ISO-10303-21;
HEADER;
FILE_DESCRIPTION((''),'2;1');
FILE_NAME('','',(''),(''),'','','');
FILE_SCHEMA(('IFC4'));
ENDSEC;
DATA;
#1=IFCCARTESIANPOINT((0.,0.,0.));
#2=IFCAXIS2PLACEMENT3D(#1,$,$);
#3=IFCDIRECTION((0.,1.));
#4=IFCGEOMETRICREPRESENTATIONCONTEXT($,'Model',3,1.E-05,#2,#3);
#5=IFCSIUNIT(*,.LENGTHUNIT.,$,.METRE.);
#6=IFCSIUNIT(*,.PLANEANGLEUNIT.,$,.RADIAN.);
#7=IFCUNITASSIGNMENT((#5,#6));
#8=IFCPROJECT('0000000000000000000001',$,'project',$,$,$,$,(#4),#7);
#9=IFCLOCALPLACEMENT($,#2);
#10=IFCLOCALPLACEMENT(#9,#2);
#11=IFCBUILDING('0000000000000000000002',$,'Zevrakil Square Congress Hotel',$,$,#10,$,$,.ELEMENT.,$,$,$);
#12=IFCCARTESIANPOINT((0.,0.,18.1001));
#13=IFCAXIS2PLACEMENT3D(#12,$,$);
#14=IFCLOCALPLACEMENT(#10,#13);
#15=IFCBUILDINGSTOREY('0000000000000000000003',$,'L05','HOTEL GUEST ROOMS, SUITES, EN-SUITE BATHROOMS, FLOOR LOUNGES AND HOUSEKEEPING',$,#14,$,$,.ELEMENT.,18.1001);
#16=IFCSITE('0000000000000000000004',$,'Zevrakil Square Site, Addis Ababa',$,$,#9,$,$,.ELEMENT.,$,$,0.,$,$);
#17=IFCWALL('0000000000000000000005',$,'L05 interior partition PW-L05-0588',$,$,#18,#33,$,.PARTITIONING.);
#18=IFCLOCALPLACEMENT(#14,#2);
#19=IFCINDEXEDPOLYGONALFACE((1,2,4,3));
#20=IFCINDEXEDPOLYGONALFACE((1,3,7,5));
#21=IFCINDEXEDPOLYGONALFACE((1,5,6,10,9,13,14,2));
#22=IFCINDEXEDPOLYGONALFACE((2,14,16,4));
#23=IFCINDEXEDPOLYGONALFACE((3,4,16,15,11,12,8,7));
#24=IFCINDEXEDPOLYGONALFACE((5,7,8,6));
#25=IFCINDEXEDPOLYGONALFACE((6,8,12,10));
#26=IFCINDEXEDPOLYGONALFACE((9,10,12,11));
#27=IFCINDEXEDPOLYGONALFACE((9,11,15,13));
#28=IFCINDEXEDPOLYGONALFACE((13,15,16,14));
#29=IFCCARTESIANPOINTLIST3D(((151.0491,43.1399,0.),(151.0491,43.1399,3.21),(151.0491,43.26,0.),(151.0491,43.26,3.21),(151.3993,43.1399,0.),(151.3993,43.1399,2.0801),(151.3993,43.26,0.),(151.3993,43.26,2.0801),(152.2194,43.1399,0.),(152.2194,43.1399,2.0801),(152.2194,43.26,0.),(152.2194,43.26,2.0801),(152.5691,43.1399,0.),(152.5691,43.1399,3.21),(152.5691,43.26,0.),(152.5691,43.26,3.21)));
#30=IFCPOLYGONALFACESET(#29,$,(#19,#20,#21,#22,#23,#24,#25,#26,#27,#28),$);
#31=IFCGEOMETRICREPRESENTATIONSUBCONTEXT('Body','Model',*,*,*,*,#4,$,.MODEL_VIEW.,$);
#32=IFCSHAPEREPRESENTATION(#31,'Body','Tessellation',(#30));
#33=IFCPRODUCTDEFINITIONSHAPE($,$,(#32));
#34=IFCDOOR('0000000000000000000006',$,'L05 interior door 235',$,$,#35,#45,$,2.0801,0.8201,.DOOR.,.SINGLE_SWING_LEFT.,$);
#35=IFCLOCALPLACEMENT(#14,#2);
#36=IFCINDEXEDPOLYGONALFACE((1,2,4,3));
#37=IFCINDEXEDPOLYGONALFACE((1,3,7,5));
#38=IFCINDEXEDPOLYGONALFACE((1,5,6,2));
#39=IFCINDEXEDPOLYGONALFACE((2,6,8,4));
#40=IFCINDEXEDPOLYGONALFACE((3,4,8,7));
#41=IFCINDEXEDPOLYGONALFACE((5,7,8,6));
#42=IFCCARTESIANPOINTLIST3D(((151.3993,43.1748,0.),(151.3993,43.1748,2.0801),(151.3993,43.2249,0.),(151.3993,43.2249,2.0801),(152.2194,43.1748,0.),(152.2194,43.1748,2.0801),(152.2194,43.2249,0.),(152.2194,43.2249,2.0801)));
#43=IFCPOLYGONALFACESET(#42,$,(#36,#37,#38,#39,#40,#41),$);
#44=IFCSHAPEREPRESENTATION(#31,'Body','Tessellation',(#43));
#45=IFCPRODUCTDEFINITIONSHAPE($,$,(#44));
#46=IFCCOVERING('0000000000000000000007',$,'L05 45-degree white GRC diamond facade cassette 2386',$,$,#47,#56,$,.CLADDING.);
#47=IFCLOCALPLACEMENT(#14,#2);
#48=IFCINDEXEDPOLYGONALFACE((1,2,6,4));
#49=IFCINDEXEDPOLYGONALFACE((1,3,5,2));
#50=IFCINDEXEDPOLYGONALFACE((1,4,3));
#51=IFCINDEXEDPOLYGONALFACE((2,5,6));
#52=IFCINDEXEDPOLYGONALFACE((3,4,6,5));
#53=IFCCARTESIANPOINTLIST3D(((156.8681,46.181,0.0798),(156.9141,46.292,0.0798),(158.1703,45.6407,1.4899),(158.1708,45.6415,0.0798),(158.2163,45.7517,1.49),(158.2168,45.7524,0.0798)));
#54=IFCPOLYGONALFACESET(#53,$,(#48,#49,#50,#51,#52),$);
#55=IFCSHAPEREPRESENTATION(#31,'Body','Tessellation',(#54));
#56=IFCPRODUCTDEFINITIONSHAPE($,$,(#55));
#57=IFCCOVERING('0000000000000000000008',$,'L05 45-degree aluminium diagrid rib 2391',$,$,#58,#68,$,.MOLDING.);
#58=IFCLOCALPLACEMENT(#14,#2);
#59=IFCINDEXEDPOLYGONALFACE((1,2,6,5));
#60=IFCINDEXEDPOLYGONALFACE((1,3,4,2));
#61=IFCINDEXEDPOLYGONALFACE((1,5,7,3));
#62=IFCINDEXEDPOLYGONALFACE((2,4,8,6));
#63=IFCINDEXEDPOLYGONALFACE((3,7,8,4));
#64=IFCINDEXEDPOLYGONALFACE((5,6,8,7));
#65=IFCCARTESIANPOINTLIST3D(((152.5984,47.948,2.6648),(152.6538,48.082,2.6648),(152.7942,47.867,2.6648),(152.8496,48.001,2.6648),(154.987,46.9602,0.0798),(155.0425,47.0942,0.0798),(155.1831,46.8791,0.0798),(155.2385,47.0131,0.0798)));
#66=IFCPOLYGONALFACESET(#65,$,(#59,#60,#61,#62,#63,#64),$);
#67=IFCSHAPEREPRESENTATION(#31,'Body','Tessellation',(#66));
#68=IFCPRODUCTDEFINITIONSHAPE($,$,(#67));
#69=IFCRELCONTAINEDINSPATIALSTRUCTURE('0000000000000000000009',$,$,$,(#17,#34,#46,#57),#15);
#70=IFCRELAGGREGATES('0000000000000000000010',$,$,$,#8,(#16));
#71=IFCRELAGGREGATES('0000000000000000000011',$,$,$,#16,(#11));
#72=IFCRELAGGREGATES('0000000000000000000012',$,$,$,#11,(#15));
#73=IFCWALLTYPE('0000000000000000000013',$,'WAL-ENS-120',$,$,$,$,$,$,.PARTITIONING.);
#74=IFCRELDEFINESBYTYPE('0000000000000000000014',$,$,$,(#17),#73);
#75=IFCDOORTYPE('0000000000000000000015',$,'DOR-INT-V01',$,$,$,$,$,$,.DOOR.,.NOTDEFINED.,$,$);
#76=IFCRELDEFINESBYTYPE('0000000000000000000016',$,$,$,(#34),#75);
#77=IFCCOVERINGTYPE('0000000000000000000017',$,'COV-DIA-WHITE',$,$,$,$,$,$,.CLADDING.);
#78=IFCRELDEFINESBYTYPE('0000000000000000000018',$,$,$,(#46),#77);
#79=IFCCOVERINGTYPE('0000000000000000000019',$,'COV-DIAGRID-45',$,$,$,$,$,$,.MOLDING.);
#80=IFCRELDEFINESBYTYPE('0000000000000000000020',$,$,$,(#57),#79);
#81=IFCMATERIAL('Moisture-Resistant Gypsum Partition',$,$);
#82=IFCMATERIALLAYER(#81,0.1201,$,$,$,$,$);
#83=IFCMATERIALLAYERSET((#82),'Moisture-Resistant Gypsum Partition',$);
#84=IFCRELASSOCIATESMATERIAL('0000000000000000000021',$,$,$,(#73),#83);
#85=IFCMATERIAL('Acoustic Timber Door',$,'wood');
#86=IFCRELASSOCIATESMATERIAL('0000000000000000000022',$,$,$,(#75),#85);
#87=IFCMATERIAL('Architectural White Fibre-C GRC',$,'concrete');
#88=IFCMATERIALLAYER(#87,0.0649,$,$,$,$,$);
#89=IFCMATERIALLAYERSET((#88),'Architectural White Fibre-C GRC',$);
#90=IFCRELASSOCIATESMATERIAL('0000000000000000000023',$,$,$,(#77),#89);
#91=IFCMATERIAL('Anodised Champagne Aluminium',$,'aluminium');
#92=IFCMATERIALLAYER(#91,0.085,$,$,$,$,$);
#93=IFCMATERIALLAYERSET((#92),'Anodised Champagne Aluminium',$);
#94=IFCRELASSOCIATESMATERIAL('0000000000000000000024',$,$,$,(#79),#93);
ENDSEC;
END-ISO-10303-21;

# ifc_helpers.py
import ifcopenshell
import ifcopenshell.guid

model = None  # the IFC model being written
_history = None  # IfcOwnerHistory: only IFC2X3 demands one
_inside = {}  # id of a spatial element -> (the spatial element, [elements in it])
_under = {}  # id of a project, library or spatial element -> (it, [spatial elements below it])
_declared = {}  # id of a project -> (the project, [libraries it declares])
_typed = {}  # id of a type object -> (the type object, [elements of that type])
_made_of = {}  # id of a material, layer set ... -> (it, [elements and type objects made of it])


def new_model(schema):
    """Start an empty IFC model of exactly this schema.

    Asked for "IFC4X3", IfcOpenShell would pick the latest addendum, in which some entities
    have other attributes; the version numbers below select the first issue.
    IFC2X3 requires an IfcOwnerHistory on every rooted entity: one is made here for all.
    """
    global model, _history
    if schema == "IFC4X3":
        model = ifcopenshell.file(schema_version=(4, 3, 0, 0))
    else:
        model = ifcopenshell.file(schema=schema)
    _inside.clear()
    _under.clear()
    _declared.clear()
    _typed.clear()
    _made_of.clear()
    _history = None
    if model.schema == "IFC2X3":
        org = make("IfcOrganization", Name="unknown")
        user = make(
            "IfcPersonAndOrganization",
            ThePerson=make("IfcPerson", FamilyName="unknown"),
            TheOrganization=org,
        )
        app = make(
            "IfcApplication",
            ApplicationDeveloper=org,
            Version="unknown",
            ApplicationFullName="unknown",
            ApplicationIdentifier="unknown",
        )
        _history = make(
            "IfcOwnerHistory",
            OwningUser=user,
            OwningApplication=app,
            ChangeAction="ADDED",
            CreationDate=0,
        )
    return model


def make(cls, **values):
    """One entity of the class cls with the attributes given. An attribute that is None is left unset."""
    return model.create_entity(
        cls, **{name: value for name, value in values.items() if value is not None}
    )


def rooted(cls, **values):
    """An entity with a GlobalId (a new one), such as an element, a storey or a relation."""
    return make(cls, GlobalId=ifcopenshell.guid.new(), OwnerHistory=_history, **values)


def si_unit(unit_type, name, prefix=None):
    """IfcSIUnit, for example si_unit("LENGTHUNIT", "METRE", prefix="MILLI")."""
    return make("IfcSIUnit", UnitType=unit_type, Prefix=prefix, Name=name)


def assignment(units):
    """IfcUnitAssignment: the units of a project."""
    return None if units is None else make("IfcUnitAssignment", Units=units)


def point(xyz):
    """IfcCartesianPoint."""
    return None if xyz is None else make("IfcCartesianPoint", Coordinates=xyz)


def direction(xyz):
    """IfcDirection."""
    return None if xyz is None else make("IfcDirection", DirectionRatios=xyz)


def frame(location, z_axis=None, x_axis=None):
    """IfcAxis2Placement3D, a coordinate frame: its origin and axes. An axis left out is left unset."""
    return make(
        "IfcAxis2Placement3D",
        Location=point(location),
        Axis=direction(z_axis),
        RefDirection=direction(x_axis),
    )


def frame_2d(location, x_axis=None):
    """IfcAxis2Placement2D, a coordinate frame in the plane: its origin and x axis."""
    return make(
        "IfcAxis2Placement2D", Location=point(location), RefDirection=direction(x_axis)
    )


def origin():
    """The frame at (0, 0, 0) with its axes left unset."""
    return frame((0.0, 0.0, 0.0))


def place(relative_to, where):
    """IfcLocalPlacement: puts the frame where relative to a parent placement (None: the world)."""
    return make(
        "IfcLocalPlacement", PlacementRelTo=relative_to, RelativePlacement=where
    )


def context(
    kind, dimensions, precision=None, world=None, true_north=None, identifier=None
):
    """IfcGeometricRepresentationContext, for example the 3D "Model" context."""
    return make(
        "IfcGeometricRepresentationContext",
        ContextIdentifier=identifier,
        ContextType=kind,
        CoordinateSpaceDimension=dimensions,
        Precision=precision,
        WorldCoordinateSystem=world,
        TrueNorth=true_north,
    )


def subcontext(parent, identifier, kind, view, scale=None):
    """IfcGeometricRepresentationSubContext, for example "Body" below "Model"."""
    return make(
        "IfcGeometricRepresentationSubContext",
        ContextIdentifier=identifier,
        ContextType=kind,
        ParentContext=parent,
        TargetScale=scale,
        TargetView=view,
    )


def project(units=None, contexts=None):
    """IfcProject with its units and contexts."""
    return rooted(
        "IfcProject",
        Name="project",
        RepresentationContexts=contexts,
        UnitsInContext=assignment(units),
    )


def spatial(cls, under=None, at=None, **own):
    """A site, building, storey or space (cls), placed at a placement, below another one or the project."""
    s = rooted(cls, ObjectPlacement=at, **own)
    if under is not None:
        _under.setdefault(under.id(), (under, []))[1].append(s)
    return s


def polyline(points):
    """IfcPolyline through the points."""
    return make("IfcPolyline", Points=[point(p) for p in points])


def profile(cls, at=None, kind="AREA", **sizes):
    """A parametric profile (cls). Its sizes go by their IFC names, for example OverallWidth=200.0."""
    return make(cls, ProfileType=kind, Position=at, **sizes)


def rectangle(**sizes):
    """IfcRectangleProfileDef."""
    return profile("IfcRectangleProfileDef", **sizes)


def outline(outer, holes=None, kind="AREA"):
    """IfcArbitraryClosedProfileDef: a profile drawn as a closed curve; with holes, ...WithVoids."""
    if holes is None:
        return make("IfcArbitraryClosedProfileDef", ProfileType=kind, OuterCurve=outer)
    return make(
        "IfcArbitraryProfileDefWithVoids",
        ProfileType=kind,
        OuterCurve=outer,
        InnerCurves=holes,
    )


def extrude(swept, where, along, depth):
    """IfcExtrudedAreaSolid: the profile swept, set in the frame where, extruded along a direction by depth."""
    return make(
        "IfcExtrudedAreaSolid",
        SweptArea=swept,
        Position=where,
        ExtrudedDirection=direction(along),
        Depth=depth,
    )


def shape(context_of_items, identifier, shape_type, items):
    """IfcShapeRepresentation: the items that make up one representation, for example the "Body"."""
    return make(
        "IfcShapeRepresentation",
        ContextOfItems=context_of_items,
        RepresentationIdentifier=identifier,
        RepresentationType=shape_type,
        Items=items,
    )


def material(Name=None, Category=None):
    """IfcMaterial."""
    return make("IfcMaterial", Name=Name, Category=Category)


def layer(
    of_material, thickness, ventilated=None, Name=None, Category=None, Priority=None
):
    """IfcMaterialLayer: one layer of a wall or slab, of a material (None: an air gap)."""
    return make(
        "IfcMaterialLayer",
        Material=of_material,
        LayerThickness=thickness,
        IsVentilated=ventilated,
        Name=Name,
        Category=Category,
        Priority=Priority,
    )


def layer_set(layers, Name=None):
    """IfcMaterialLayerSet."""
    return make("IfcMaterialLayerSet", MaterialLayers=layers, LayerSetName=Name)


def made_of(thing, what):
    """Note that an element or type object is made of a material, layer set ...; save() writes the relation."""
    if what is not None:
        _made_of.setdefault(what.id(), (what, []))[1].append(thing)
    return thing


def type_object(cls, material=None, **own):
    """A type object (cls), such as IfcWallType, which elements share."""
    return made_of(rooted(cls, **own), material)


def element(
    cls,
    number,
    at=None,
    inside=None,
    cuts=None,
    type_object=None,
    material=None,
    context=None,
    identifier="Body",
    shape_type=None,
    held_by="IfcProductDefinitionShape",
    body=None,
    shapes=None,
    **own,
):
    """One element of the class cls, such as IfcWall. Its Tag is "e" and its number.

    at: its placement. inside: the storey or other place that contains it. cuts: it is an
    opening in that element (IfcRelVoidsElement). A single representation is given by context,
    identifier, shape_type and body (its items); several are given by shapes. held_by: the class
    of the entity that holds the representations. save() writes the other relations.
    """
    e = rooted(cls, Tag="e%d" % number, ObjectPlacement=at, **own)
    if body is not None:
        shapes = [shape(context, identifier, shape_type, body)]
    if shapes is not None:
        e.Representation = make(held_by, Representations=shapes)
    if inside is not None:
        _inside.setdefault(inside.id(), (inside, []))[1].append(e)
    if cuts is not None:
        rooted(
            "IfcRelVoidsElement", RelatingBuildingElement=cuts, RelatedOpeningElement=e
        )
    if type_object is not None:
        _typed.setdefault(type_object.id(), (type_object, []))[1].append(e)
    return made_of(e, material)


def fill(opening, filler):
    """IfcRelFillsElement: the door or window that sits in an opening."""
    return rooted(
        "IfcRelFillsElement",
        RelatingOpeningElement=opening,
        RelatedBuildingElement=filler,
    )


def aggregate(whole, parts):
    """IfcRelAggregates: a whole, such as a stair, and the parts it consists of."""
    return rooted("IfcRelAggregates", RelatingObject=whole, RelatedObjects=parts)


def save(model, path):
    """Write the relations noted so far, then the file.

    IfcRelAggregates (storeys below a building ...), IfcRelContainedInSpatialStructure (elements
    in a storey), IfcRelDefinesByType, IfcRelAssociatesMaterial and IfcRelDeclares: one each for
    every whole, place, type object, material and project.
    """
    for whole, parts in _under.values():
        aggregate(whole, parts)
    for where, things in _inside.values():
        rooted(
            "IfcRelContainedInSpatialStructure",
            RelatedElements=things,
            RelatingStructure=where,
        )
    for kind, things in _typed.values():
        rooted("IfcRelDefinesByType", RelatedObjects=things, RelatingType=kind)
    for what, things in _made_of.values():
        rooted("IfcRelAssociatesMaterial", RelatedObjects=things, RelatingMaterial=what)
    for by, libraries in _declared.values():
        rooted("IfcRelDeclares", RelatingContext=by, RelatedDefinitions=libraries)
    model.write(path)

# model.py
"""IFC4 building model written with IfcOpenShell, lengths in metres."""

from ifc_helpers import new_model, si_unit, direction, frame, frame_2d, origin, place, context, subcontext, project, spatial, polyline, rectangle, outline, extrude, material, layer, layer_set, type_object, element, fill, save


model = new_model("IFC4")

# Units and contexts
model_context = context("Model", 3, precision=1e-05, world=origin(), true_north=direction((0.0, 1.0)))
body_context = subcontext(model_context, "Body", "Model", "MODEL_VIEW")
ifc_project = project(units=[si_unit("LENGTHUNIT", "METRE"), si_unit("PLANEANGLEUNIT", "RADIAN")], contexts=[model_context])

# Site, building, storey
site_placement = place(None, origin())
site = spatial("IfcSite", under=ifc_project, at=site_placement, Name="Zevrakil Square Site, Addis Ababa", CompositionType="ELEMENT", RefElevation=0.0)
building_placement = place(site_placement, origin())
building = spatial("IfcBuilding", under=site, at=building_placement, Name="Zevrakil Square Congress Hotel", CompositionType="ELEMENT")
storey_placement = place(building_placement, frame((0.0, 0.0, 18.1001)))
storey = spatial("IfcBuildingStorey", under=building, at=storey_placement, Name="L05", Description="HOTEL GUEST ROOMS, SUITES, EN-SUITE BATHROOMS, FLOOR LOUNGES AND HOUSEKEEPING", CompositionType="ELEMENT", Elevation=18.1001)

# Shared definitions
ifc_material_1 = material(Name="Moisture-Resistant Gypsum Partition")
ifc_layer_1 = layer(ifc_material_1, 0.1201)
ifc_layer_set_1 = layer_set([ifc_layer_1], Name="Moisture-Resistant Gypsum Partition")
wall_type = type_object("IfcWallType", Name="WAL-ENS-120", PredefinedType="PARTITIONING", material=ifc_layer_set_1)
ifc_material_2 = material(Name="Acoustic Timber Door", Category="wood")
door_type = type_object("IfcDoorType", Name="DOR-INT-V01", OperationType="NOTDEFINED", PredefinedType="DOOR", material=ifc_material_2)

# Wall, opening, door
wall_1_placement = place(storey_placement, frame((151.0491, 43.2, 0.0), z_axis=(0.0, 0.0, 1.0), x_axis=(1.0, 0.0, 0.0)))
wall_1 = element("IfcWall", 1, at=wall_1_placement, inside=storey, type_object=wall_type, Name="L05 interior partition PW-L05-0588", PredefinedType="PARTITIONING", context=body_context, shape_type="SweptSolid", body=[
    extrude(rectangle(XDim=1.52, YDim=0.1201, at=frame_2d((0.76, 0.0))), origin(), (0.0, 0.0, 1.0), 3.21),
])
opening_1_placement = place(wall_1_placement, frame((0.3501, 0.0, 0.0)))
opening_1 = element("IfcOpeningElement", 2, at=opening_1_placement, cuts=wall_1, PredefinedType="OPENING", context=body_context, shape_type="SweptSolid", body=[
    extrude(rectangle(XDim=0.8201, YDim=2.0801, at=frame_2d((0.4102, 1.04))), frame((0.0, 0.0701, 0.0), z_axis=(0.0, -1.0, 0.0), x_axis=(1.0, 0.0, 0.0)), (0.0, 0.0, 1.0), 0.1401),
])
door_1_placement = place(opening_1_placement, origin())
door_1 = element("IfcDoor", 3, at=door_1_placement, inside=storey, type_object=door_type, Name="L05 interior door 235", OperationType="SINGLE_SWING_LEFT", OverallHeight=2.0801, OverallWidth=0.8201, PredefinedType="DOOR", context=body_context, shape_type="SweptSolid", body=[
    extrude(rectangle(XDim=0.8201, YDim=2.0801, at=frame_2d((0.4102, 1.04))), frame((0.0, 0.0249, 0.0), z_axis=(0.0, -1.0, 0.0), x_axis=(1.0, 0.0, 0.0)), (0.0, 0.0, 1.0), 0.05),
])
fill(opening_1, door_1)

# Coverings
ifc_material_3 = material(Name="Architectural White Fibre-C GRC", Category="concrete")
ifc_layer_2 = layer(ifc_material_3, 0.0649)
ifc_layer_set_2 = layer_set([ifc_layer_2], Name="Architectural White Fibre-C GRC")
covering_type_1 = type_object("IfcCoveringType", Name="COV-DIA-WHITE", PredefinedType="CLADDING", material=ifc_layer_set_2)
covering_1_placement = place(storey_placement, frame((156.9141, 46.292, 0.0798), z_axis=(0.382647, 0.923894, 0.000612), x_axis=(0.923894, -0.382647, 0.0)))
element("IfcCovering", 4, at=covering_1_placement, inside=storey, type_object=covering_type_1, Name="L05 45-degree white GRC diamond facade cassette 2386", PredefinedType="CLADDING", context=body_context, shape_type="SweptSolid", body=[
    extrude(outline(polyline([(0.0, 0.0), (1.41, 0.0), (1.4099, -1.4102), (0.0, 0.0)])), origin(), (0.0, 0.0, -1.0), 0.1201),
])
ifc_material_4 = material(Name="Anodised Champagne Aluminium", Category="aluminium")
ifc_layer_3 = layer(ifc_material_4, 0.085)
ifc_layer_set_3 = layer_set([ifc_layer_3], Name="Anodised Champagne Aluminium")
covering_type_2 = type_object("IfcCoveringType", Name="COV-DIAGRID-45", PredefinedType="MOLDING", material=ifc_layer_set_3)
covering_2_placement = place(storey_placement, frame((155.0425, 47.0942, 0.0798), z_axis=(0.382284, 0.924045, 0.000167), x_axis=(0.924045, -0.382284, 0.0)))
element("IfcCovering", 5, at=covering_2_placement, inside=storey, type_object=covering_type_2, Name="L05 45-degree aluminium diagrid rib 2391", PredefinedType="MOLDING", context=body_context, shape_type="SweptSolid", body=[
    extrude(outline(polyline([(0.0, 0.0), (0.2121, 0.0), (-2.3729, -2.585), (-2.5849, -2.585), (0.0, 0.0)])), origin(), (0.0, 0.0, -1.0), 0.145),
])

save(model, "model.ifc")
